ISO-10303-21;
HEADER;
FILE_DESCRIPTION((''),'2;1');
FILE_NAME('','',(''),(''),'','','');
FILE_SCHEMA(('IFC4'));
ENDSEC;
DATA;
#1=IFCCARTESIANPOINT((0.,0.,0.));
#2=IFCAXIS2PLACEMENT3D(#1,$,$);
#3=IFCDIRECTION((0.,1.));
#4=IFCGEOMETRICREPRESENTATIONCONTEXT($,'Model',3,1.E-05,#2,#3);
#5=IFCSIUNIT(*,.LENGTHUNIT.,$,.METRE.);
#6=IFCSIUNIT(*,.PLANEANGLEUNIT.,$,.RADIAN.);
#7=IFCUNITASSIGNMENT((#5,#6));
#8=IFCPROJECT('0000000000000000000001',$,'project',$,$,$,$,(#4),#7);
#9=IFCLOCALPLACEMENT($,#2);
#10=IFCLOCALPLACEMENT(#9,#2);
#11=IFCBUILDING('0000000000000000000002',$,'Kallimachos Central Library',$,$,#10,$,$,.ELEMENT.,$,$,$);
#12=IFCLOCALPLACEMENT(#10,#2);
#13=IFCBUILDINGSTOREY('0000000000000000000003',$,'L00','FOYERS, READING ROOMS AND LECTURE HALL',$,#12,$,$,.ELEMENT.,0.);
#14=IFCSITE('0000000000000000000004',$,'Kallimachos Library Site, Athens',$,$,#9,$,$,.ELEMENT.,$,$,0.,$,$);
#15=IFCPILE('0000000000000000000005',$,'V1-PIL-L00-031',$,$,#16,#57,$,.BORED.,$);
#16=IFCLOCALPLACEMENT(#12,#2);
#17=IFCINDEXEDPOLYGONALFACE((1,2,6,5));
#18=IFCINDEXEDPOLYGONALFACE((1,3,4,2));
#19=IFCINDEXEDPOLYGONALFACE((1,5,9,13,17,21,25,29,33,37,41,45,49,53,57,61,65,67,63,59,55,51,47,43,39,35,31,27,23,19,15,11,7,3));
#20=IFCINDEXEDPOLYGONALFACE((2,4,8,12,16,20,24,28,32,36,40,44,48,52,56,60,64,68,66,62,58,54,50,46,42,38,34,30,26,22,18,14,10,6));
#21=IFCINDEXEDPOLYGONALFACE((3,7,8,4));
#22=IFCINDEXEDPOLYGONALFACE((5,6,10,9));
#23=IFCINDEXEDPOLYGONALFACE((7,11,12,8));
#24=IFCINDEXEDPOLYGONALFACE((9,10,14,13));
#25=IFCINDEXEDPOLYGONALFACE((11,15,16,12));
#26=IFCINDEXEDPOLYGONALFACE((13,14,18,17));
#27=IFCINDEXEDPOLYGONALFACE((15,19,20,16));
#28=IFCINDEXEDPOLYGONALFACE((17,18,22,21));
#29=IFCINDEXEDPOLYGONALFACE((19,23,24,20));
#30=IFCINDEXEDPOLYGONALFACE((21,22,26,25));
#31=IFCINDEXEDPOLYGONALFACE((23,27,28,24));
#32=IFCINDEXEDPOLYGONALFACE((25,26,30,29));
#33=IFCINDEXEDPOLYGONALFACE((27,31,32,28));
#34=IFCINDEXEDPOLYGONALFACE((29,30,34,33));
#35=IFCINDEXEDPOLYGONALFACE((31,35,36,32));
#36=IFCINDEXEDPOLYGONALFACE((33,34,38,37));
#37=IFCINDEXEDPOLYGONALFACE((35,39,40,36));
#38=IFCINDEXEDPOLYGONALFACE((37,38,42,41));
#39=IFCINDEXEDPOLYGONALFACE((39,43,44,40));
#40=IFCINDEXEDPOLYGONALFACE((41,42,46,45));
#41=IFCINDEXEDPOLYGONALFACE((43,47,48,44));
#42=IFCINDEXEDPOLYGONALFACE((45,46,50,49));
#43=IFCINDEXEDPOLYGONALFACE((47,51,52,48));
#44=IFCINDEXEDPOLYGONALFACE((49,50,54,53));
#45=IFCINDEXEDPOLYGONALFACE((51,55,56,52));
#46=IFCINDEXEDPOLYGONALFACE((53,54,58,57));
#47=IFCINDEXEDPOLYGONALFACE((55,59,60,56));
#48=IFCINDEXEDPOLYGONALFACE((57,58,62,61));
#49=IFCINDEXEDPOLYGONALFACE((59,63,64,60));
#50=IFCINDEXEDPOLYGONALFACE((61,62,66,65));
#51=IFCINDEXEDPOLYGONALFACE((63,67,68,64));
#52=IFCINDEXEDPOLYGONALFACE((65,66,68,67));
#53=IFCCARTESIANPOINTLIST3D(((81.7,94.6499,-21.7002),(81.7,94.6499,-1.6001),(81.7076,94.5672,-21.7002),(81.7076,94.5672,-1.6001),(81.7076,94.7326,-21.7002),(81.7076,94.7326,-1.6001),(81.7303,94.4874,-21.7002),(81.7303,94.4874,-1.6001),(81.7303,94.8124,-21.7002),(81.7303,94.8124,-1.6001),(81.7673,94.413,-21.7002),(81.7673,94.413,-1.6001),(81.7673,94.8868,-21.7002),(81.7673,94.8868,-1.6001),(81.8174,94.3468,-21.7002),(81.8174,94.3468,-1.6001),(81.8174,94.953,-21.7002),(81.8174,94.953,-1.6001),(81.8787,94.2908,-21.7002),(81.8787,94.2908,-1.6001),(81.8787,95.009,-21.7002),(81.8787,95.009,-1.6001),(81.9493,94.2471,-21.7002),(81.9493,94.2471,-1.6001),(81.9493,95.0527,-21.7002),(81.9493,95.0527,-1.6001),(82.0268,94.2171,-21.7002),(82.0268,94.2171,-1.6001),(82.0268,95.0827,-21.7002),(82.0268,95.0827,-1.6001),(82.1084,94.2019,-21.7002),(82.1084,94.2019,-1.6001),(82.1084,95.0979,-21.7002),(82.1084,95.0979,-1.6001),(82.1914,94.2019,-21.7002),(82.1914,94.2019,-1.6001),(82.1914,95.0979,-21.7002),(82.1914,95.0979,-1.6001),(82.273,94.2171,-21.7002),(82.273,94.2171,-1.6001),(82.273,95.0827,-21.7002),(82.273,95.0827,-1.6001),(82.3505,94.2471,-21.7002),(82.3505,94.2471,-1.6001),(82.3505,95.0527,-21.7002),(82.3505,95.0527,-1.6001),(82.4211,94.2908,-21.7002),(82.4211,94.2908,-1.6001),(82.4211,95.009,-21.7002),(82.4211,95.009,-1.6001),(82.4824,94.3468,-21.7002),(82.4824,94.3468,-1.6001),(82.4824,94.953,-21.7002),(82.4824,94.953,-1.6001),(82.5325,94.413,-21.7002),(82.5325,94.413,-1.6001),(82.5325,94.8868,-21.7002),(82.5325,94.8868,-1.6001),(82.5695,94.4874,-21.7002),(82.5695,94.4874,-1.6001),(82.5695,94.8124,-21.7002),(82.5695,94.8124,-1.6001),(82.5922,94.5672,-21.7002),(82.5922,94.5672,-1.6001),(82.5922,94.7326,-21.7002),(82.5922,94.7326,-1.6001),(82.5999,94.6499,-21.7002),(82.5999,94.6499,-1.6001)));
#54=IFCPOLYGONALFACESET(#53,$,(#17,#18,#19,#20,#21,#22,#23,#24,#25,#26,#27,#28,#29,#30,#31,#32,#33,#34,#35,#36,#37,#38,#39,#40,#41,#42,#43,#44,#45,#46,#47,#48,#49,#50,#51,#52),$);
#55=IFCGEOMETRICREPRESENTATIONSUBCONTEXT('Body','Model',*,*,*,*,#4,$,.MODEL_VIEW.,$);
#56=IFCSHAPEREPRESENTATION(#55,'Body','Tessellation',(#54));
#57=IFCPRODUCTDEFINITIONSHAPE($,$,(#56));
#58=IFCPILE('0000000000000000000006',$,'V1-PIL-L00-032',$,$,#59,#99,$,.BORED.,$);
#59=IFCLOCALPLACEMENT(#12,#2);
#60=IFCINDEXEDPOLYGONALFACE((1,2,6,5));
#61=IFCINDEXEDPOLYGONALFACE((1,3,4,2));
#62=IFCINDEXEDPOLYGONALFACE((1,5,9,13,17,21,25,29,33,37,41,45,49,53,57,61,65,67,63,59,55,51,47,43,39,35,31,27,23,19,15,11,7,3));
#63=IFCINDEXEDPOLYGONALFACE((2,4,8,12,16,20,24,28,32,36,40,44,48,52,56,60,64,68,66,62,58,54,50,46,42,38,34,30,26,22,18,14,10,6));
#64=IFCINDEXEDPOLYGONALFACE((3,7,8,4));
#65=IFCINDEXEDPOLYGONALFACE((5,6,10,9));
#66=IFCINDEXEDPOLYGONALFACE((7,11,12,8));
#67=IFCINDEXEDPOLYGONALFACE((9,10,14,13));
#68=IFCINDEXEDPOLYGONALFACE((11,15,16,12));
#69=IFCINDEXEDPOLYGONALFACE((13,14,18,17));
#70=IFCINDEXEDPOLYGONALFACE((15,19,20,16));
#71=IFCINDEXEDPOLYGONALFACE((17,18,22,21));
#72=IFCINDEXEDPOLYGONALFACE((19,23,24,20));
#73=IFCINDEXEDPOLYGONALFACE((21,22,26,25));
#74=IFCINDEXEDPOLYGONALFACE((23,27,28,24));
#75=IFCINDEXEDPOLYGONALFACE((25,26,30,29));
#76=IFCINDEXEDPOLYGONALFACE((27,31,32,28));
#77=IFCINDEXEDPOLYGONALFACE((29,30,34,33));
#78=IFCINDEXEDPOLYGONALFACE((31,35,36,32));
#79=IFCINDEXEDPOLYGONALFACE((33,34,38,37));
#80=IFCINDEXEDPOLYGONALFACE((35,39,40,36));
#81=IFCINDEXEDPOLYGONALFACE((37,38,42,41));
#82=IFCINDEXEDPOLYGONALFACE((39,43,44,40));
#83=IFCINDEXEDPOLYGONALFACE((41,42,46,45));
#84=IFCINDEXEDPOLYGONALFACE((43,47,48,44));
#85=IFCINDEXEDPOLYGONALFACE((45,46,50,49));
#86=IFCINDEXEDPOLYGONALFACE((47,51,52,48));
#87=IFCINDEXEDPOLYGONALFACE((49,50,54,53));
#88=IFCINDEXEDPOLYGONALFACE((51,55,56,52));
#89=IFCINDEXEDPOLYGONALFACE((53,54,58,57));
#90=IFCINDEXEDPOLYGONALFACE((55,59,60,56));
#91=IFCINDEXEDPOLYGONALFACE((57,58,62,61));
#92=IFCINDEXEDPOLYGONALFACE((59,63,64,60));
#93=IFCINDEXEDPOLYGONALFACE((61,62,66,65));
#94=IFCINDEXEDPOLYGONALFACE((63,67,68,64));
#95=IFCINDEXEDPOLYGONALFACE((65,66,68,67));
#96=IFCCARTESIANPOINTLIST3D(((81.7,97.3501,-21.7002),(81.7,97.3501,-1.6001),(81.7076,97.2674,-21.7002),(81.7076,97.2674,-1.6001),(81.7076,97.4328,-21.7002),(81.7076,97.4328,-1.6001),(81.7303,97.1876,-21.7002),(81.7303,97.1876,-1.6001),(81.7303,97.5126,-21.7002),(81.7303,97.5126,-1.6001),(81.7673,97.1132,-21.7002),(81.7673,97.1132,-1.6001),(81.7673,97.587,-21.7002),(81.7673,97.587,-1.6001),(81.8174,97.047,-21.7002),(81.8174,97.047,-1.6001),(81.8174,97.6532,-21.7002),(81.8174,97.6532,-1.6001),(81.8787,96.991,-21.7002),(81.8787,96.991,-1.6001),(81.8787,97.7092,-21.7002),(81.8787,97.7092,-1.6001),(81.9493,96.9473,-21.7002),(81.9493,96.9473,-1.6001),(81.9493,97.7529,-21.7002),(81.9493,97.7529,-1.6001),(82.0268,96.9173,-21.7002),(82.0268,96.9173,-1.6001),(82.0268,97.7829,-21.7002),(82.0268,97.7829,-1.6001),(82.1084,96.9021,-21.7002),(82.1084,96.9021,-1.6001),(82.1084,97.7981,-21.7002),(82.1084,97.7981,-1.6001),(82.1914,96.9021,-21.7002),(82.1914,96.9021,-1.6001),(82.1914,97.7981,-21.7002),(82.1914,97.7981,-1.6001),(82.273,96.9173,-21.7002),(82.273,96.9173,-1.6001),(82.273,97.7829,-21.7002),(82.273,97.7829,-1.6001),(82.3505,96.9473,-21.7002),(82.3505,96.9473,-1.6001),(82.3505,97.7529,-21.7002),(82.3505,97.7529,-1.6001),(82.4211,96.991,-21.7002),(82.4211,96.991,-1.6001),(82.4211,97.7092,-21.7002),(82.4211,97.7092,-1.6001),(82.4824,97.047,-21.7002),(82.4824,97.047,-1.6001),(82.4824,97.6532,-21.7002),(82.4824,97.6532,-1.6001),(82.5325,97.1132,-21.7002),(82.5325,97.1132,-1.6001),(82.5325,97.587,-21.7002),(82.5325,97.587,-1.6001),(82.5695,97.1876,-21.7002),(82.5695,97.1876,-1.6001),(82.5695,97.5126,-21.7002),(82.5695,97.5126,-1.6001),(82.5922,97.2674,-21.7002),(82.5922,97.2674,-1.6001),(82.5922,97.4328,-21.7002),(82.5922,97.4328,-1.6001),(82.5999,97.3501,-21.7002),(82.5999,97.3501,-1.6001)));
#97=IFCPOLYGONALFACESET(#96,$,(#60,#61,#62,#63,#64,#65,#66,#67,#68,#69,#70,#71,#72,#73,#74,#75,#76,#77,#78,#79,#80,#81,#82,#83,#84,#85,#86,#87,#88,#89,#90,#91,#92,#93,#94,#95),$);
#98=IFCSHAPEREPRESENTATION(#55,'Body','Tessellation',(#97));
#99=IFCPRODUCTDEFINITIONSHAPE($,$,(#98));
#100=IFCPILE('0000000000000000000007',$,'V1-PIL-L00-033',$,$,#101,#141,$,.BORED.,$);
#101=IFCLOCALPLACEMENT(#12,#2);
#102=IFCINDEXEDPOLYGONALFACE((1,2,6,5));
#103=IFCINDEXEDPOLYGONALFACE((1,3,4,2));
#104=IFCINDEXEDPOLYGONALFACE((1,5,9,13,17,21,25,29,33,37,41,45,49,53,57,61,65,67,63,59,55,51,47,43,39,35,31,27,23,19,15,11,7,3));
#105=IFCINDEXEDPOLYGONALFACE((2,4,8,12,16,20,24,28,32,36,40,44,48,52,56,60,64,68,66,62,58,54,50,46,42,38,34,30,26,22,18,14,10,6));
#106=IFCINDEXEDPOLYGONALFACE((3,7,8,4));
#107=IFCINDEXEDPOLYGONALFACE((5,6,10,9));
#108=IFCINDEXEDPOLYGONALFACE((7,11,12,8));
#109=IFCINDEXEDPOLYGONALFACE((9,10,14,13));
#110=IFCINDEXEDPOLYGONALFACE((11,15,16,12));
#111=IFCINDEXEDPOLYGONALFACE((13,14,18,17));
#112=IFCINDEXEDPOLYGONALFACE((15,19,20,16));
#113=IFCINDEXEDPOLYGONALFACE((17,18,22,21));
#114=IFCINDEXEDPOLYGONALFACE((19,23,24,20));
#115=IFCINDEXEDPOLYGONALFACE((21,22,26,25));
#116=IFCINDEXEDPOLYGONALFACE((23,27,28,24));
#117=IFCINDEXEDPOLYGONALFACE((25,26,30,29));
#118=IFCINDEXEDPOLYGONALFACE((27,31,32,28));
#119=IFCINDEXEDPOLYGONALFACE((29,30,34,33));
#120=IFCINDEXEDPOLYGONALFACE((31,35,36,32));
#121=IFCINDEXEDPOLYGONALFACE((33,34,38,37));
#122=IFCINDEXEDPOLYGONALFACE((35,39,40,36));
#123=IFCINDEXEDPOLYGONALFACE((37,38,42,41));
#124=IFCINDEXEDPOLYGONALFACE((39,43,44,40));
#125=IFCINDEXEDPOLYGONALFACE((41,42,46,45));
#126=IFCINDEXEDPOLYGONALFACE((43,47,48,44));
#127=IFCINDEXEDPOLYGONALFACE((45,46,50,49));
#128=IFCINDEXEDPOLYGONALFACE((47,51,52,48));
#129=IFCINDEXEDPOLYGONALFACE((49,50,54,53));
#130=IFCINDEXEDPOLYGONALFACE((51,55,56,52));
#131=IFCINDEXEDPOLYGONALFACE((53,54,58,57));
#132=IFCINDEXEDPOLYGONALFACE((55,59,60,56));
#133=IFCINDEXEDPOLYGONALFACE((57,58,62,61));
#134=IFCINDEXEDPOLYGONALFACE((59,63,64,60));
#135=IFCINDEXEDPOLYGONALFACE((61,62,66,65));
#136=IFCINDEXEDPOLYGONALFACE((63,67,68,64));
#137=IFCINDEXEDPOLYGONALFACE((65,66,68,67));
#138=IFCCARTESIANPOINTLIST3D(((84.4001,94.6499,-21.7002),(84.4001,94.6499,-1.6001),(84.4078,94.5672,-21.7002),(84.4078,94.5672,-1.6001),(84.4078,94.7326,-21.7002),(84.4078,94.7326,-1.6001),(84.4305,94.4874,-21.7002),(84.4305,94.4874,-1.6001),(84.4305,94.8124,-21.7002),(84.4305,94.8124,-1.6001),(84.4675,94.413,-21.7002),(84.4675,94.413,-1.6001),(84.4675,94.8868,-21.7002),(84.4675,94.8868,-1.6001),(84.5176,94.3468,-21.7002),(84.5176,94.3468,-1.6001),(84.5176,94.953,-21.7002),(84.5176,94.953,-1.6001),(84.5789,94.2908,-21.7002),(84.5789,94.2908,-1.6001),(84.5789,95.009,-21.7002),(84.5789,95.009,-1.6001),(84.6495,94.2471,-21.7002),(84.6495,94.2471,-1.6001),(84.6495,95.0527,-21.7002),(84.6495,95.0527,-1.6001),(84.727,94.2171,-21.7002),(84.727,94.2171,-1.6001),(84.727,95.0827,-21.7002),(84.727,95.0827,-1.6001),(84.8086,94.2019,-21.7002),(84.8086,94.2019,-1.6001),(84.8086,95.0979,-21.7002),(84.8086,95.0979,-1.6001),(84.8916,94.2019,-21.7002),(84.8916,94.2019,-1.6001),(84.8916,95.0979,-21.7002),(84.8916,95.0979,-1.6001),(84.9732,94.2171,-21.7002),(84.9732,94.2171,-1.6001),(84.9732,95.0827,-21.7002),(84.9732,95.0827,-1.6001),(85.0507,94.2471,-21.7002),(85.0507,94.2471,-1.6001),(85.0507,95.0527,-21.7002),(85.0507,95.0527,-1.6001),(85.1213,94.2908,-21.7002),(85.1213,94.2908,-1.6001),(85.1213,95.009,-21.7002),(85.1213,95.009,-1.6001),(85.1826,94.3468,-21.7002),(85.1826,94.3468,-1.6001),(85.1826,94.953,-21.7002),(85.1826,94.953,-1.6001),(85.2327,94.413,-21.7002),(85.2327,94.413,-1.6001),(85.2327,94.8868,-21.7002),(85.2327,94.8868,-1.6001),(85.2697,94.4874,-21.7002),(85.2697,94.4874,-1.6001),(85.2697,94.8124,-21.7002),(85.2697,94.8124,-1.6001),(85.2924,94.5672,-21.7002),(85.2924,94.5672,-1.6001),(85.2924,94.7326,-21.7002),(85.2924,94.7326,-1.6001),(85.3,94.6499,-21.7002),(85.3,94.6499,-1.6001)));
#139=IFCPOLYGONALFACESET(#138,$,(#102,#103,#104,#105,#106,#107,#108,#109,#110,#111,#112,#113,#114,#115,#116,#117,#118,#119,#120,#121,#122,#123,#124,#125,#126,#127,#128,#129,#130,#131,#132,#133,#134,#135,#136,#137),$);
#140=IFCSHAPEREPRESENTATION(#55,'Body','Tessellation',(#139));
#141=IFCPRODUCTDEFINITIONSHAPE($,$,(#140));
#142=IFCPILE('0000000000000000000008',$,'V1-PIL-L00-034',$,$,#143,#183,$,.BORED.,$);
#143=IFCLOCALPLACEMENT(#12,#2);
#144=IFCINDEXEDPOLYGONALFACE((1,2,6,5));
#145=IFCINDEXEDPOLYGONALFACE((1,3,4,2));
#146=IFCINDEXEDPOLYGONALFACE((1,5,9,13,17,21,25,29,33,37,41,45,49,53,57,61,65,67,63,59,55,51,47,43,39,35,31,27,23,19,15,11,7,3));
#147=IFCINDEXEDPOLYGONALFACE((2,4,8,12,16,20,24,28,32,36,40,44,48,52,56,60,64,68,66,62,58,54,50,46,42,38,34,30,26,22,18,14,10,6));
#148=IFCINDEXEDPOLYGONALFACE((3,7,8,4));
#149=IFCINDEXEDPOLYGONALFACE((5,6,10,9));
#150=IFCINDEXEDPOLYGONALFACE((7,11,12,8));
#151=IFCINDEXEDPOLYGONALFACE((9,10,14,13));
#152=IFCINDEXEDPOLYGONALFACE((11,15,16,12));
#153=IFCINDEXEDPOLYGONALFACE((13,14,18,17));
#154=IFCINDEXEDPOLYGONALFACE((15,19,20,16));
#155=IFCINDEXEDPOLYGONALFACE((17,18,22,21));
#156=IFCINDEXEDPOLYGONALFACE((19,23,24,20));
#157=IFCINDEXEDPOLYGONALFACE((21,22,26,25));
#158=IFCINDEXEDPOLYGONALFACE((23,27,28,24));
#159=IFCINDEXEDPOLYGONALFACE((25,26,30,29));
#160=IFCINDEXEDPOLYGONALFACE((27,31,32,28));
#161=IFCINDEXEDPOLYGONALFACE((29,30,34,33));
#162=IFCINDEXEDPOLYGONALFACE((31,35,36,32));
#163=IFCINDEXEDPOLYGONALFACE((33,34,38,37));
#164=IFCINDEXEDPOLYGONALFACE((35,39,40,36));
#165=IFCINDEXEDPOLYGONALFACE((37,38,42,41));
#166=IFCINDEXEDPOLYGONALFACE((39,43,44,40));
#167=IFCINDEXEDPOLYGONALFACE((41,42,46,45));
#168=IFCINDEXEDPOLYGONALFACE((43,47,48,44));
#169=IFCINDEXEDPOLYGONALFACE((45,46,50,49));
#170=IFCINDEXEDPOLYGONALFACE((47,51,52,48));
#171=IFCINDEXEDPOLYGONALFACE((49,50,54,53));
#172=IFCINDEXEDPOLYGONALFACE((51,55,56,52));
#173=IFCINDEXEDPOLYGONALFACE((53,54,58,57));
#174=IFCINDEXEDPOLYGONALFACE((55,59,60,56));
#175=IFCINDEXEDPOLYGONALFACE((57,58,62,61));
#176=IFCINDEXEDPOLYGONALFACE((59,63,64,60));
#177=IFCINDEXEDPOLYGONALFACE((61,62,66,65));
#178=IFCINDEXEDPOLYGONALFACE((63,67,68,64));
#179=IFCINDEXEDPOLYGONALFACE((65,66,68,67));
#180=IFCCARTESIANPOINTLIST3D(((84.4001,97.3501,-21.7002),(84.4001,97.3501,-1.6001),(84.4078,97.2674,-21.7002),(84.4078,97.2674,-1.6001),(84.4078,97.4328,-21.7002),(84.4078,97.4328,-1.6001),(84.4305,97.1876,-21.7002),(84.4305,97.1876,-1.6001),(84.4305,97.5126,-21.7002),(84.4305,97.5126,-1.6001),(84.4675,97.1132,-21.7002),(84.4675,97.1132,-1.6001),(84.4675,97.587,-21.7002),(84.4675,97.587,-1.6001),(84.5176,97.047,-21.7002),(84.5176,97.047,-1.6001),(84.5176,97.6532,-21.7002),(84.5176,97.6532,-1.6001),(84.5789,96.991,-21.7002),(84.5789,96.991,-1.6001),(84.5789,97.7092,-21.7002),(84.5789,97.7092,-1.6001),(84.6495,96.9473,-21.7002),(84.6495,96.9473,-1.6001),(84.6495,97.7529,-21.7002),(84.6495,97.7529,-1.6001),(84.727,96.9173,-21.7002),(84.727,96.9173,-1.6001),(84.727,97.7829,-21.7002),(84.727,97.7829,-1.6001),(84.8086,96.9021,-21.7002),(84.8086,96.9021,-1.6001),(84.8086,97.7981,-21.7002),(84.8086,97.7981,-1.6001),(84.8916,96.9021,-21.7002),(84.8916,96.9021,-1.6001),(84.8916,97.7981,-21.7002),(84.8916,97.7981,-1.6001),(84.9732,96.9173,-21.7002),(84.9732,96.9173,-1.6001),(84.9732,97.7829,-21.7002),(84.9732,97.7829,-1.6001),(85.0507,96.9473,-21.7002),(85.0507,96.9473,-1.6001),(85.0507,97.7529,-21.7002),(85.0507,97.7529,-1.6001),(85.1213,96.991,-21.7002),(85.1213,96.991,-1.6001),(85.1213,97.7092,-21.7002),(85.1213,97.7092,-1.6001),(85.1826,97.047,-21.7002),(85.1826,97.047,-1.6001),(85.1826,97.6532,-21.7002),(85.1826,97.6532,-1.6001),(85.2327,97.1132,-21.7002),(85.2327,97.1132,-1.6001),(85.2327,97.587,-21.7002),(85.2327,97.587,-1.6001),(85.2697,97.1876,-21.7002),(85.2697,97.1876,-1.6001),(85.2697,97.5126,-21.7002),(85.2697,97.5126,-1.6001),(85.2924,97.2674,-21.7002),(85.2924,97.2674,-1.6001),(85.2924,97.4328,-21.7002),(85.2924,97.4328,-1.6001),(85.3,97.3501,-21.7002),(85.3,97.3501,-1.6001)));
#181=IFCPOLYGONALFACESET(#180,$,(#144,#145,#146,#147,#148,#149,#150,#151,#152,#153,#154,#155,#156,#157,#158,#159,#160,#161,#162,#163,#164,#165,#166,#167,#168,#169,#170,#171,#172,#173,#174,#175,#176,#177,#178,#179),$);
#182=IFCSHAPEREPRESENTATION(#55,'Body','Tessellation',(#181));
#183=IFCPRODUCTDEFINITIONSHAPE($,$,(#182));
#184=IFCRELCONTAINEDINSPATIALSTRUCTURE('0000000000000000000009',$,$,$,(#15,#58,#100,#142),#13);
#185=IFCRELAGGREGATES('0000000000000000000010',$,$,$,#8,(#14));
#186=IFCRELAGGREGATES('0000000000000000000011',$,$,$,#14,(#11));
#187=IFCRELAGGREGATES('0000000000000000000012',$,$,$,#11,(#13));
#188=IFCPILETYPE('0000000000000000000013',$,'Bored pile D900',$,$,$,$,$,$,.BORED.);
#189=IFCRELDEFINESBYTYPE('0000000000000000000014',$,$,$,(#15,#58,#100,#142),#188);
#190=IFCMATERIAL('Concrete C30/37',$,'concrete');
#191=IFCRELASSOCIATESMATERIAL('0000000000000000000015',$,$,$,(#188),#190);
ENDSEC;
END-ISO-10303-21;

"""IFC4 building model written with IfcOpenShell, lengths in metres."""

from ifc_helpers import new_model, si_unit, direction, frame, origin, origin_2d, place, context, subcontext, project, spatial, circle, extrude, material, type_object, element, save


model = new_model("IFC4")

# Units and contexts
model_context = context("Model", 3, precision=1e-05, world=origin(), true_north=direction((0.0, 1.0)))
body_context = subcontext(model_context, "Body", "Model", "MODEL_VIEW")
ifc_project = project(units=[si_unit("LENGTHUNIT", "METRE"), si_unit("PLANEANGLEUNIT", "RADIAN")], contexts=[model_context])

# Site, building, storey
site_placement = place(None, origin())
site = spatial("IfcSite", under=ifc_project, at=site_placement, Name="Kallimachos Library Site, Athens", CompositionType="ELEMENT", RefElevation=0.0)
building_placement = place(site_placement, origin())
building = spatial("IfcBuilding", under=site, at=building_placement, Name="Kallimachos Central Library", CompositionType="ELEMENT")
storey_placement = place(building_placement, origin())
storey = spatial("IfcBuildingStorey", under=building, at=storey_placement, Name="L00", Description="FOYERS, READING ROOMS AND LECTURE HALL", CompositionType="ELEMENT", Elevation=0.0)

# Piles
ifc_material_1 = material(Name="Concrete C30/37", Category="concrete")
pile_type = type_object("IfcPileType", Name="Bored pile D900", PredefinedType="BORED", material=ifc_material_1)
for number, where, z_axis, x_axis, name in (
    (1, (82.1499, 94.6499, -1.6001), (0.0, 0.0, -1.0), (1.0, 0.0, 0.0), "V1-PIL-L00-031"),
    (2, (82.1499, 97.3501, -1.6001), (0.0, 0.0, -1.0), (1.0, 0.0, 0.0), "V1-PIL-L00-032"),
    (3, (84.8501, 94.6499, -1.6001), (0.0, 0.0, -1.0), (1.0, 0.0, 0.0), "V1-PIL-L00-033"),
    (4, (84.8501, 97.3501, -1.6001), (0.0, 0.0, -1.0), (1.0, 0.0, 0.0), "V1-PIL-L00-034"),
):
    element("IfcPile", number, at=place(storey_placement, frame(where, z_axis=z_axis, x_axis=x_axis)), inside=storey, type_object=pile_type, Name=name, PredefinedType="BORED", context=body_context, shape_type="SweptSolid", body=[
        extrude(circle(Radius=0.45, at=origin_2d()), origin(), (0.0, 0.0, 1.0), 20.1001),
    ])

save(model, "model.ifc")
